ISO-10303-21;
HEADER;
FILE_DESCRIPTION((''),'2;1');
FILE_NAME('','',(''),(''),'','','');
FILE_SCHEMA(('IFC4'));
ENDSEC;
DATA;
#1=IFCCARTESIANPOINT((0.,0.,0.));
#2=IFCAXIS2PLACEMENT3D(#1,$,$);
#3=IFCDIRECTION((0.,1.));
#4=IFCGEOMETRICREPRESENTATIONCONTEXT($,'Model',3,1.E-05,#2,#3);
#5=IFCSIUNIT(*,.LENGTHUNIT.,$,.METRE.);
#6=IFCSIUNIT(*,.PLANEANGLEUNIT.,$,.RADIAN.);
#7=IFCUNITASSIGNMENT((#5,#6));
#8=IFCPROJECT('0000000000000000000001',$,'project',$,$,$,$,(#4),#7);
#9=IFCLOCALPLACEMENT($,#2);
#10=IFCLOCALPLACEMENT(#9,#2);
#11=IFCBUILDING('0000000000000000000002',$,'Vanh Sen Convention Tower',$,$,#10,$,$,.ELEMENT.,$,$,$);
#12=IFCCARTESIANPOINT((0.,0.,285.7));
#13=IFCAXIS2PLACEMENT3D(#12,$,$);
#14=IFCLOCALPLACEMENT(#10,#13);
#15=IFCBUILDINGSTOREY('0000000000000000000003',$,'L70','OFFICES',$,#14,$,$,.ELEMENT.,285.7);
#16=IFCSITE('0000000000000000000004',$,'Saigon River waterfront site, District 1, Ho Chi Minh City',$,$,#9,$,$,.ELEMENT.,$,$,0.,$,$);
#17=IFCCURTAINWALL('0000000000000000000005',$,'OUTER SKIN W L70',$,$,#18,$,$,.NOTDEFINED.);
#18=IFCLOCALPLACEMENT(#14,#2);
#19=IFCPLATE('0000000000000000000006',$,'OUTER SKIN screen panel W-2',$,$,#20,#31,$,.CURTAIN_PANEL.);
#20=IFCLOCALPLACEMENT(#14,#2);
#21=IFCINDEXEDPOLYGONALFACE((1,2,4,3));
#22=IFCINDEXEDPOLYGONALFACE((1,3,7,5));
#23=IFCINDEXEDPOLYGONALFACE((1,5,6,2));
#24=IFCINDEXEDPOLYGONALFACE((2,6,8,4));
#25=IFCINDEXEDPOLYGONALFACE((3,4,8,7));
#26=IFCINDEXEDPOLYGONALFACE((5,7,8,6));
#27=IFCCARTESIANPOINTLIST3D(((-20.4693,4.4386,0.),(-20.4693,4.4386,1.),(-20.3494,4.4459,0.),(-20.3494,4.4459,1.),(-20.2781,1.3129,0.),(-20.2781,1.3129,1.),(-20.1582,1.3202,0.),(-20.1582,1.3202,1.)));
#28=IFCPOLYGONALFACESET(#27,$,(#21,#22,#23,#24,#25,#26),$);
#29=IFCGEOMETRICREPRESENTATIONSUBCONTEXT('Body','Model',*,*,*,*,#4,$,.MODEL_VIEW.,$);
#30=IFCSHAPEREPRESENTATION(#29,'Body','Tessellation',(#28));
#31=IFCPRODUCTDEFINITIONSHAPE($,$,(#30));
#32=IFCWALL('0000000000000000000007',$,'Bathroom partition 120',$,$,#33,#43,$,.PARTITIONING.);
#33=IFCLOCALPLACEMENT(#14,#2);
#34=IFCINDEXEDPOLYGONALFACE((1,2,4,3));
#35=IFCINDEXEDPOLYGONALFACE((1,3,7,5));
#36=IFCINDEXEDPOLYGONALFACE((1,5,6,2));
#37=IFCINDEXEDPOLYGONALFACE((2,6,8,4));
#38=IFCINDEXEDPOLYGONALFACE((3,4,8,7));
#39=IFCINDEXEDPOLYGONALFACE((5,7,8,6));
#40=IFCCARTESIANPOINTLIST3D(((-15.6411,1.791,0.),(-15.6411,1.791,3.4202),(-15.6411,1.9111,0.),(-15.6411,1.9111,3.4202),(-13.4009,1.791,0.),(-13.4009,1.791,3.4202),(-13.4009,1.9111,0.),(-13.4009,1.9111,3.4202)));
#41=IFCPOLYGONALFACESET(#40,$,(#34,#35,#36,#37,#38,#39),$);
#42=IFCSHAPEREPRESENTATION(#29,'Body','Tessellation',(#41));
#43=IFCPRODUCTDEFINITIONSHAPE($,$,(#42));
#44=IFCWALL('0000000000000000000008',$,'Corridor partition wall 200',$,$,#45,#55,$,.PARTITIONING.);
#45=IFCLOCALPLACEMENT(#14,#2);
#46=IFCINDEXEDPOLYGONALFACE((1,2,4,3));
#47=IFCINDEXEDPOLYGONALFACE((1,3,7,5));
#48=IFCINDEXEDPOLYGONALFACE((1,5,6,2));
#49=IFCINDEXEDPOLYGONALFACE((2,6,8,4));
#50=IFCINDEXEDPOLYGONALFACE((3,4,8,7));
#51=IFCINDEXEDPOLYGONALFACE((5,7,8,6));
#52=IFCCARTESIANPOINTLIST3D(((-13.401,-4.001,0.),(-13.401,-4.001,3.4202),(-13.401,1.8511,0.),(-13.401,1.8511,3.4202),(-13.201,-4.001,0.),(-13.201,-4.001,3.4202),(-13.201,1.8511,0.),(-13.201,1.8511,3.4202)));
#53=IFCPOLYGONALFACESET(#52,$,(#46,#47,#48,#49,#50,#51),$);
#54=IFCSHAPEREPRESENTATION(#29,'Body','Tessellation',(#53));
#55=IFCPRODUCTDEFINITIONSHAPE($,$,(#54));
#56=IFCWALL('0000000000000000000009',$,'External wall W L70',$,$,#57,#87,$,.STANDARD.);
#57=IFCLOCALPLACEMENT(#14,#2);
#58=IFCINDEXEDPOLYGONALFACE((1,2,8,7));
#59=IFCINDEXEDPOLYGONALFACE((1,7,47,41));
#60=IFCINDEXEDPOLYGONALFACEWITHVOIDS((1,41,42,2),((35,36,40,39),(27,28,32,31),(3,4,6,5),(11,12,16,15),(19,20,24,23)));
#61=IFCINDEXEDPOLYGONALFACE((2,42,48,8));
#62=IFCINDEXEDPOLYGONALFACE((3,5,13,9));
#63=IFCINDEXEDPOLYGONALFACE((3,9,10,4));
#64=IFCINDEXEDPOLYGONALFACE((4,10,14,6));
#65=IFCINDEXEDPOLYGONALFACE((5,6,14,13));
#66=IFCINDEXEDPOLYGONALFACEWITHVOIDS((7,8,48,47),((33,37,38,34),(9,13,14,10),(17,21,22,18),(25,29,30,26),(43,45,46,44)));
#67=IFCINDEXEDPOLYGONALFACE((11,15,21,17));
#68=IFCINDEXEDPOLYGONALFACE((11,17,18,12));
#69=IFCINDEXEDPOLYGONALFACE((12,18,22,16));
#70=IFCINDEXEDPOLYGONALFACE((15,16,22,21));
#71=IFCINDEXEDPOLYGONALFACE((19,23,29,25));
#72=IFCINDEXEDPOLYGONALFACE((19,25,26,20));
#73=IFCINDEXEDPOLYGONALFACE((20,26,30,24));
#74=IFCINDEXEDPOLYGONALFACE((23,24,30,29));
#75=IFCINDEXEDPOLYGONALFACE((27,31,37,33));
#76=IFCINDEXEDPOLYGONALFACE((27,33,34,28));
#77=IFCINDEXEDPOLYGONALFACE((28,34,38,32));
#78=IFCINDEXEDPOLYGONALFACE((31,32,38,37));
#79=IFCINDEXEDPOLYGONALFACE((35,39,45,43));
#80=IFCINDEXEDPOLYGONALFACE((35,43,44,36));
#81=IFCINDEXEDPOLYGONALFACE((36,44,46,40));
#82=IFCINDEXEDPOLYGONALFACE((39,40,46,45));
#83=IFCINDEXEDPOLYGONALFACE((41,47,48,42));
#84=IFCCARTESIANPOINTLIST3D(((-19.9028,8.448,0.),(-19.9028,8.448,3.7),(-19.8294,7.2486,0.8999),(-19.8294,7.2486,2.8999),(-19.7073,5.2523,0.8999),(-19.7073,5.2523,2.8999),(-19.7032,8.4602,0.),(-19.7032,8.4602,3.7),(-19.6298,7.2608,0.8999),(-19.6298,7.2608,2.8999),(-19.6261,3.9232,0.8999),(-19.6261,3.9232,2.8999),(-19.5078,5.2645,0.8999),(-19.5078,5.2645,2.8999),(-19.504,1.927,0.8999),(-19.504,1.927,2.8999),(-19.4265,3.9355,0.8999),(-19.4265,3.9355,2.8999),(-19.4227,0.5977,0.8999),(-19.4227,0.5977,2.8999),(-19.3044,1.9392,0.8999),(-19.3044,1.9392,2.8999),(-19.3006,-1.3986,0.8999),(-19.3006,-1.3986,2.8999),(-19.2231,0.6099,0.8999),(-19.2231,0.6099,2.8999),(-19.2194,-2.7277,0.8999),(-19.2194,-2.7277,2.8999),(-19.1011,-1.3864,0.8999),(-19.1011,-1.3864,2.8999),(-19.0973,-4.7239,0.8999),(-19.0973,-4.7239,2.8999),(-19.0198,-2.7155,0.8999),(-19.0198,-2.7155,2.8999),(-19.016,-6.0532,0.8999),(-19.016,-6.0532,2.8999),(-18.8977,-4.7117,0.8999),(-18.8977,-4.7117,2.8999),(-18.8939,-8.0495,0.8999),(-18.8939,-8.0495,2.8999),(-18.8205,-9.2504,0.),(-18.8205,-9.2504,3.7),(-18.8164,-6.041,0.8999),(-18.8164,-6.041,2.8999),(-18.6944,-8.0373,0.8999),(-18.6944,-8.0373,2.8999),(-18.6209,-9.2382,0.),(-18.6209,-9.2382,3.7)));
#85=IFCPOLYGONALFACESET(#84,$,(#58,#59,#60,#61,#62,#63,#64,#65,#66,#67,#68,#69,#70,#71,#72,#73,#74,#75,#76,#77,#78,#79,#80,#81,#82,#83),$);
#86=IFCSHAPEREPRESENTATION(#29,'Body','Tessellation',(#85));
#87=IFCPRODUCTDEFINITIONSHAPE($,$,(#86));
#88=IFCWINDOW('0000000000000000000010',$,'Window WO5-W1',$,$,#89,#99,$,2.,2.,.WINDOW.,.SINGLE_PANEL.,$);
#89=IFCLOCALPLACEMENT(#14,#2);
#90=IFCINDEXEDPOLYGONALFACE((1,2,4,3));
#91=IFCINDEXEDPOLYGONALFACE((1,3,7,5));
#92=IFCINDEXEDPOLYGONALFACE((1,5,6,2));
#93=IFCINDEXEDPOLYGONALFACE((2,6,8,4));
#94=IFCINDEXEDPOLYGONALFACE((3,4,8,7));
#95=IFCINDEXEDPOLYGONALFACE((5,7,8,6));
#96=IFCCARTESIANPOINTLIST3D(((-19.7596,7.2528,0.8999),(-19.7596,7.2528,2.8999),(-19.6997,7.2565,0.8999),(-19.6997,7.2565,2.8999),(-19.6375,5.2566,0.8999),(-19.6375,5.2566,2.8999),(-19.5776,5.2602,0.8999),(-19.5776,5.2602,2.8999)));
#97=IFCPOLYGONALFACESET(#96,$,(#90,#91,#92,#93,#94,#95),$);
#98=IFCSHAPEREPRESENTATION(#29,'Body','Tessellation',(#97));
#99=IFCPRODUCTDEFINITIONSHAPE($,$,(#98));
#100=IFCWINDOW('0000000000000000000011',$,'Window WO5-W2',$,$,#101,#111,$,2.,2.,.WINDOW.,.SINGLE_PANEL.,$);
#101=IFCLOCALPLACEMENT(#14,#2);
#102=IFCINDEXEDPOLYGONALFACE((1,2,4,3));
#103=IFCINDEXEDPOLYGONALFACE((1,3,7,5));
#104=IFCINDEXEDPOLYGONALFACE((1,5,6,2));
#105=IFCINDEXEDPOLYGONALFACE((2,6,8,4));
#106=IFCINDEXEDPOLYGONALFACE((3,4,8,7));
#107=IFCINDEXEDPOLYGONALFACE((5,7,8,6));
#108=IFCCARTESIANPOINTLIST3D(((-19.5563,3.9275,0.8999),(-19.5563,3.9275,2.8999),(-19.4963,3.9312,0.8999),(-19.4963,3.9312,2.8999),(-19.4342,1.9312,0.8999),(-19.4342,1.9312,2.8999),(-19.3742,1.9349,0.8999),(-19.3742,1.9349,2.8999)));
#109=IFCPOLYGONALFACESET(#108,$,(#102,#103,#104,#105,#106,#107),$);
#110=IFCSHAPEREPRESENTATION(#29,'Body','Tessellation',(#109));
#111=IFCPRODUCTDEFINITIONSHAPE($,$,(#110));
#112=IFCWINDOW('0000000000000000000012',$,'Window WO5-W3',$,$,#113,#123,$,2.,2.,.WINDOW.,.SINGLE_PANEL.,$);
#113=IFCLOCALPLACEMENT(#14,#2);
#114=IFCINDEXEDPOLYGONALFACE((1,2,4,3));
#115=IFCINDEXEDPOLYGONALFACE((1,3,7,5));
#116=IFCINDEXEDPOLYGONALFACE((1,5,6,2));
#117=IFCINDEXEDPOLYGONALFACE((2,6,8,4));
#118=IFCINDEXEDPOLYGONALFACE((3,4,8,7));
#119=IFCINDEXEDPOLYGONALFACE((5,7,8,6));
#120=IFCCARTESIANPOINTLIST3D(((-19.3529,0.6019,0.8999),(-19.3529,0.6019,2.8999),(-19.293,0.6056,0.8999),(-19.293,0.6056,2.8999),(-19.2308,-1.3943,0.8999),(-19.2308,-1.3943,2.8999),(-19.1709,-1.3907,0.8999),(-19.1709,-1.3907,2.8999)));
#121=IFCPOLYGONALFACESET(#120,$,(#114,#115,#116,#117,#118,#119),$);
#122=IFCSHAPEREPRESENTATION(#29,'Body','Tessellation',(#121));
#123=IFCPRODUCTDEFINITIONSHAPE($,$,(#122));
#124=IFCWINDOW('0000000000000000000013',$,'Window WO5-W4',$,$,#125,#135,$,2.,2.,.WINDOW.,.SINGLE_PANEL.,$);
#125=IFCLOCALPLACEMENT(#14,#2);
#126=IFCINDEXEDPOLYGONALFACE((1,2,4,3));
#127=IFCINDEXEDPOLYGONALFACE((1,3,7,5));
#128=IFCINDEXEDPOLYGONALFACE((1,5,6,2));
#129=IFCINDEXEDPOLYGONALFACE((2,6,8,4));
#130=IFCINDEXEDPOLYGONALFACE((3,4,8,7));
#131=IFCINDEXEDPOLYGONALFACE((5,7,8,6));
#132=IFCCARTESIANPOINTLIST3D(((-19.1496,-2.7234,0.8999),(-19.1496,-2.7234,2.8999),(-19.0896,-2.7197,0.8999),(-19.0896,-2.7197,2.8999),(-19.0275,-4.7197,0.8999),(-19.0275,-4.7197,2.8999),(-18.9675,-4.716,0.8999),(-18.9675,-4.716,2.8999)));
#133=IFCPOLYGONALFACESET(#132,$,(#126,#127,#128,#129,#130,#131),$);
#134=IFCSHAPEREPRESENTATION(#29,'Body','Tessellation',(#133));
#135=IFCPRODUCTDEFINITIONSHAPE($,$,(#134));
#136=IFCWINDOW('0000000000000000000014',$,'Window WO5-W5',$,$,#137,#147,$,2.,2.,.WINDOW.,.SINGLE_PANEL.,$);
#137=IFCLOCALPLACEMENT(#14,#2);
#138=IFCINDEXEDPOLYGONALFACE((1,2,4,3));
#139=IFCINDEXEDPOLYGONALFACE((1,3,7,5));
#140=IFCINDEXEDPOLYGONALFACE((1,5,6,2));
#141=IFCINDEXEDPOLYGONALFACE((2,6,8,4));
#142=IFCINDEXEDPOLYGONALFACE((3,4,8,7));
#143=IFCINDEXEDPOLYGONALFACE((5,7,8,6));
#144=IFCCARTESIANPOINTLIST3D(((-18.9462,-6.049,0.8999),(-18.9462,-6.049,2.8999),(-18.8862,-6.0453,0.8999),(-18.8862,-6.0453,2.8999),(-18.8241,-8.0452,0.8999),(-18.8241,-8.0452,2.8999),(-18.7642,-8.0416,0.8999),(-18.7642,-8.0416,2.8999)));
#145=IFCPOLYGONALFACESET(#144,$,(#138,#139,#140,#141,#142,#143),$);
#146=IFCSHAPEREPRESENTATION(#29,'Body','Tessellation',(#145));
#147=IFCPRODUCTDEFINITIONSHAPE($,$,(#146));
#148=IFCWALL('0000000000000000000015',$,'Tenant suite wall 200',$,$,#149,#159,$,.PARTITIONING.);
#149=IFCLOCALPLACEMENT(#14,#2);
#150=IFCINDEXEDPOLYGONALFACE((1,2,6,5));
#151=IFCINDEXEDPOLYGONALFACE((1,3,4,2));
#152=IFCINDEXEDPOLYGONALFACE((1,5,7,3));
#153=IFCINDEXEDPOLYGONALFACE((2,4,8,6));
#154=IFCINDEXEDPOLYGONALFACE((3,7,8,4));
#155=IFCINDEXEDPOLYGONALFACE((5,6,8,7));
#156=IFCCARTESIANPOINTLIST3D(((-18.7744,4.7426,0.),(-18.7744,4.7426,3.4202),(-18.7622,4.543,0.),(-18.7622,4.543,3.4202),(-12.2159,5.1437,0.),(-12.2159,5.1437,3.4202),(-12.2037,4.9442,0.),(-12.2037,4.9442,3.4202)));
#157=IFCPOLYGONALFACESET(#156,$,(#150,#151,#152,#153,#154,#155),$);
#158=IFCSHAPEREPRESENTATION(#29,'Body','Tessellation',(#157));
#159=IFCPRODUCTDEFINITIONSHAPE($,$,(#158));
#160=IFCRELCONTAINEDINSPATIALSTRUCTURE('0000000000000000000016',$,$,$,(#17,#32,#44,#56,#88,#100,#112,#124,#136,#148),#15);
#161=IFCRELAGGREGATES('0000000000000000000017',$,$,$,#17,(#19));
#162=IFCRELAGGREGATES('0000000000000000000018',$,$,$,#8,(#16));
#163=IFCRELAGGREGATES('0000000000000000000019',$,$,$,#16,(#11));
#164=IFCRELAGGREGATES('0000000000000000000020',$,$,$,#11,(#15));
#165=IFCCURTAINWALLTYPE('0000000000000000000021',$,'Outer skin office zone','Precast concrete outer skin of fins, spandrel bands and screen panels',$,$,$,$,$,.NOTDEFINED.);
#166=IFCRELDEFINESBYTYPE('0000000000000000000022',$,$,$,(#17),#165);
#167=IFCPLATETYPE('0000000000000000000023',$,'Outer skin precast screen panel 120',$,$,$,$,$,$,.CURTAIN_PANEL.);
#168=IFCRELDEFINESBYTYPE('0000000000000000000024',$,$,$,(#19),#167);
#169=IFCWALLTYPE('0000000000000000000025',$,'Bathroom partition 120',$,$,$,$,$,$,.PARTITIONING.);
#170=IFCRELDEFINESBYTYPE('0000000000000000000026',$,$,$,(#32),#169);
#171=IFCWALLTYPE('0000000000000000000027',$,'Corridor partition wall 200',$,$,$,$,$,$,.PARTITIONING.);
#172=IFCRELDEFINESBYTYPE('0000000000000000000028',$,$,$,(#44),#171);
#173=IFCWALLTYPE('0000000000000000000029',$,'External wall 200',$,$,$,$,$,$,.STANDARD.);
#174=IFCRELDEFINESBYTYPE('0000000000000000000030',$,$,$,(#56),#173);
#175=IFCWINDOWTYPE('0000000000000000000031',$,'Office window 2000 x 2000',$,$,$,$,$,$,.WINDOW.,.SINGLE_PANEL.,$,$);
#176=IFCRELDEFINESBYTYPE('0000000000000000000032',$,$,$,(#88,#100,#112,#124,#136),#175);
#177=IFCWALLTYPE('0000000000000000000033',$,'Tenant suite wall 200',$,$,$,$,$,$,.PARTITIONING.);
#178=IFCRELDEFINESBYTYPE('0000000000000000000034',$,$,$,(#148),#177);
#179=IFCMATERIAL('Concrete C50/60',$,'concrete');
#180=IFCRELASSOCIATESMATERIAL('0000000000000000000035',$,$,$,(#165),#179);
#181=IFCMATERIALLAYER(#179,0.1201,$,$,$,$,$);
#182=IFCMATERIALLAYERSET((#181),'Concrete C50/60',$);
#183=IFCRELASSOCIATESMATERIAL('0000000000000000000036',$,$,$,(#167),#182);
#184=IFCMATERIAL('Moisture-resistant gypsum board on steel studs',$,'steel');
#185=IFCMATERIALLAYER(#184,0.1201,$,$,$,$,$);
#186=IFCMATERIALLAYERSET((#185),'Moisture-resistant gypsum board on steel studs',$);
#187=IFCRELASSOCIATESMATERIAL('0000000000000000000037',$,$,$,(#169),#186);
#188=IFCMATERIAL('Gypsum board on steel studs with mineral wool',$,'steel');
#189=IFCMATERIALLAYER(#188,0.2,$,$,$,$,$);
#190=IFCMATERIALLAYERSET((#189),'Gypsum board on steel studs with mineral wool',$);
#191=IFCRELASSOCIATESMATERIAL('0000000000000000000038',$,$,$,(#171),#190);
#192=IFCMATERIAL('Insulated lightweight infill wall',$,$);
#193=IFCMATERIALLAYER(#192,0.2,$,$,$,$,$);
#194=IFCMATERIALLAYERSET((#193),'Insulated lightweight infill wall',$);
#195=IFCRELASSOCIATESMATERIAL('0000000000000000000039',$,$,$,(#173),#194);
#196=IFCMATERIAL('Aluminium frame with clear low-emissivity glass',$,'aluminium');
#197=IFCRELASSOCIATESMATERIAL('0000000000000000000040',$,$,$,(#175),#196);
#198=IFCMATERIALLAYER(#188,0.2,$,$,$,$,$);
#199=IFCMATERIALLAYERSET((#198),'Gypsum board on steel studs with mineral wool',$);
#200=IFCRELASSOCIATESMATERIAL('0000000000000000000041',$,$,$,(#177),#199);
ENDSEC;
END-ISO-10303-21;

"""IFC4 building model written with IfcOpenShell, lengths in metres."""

from ifc_helpers import new_model, si_unit, direction, frame, frame_2d, origin, origin_2d, place, context, subcontext, project, spatial, rectangle, extrude, material, layer, layer_set, type_object, element, fill, aggregate, save


model = new_model("IFC4")

# Units and contexts
model_context = context("Model", 3, precision=1e-05, world=origin(), true_north=direction((0.0, 1.0)))
body_context = subcontext(model_context, "Body", "Model", "MODEL_VIEW")
ifc_project = project(units=[si_unit("LENGTHUNIT", "METRE"), si_unit("PLANEANGLEUNIT", "RADIAN")], contexts=[model_context])

# Site, building, storey
site_placement = place(None, origin())
site = spatial("IfcSite", under=ifc_project, at=site_placement, Name="Saigon River waterfront site, District 1, Ho Chi Minh City", CompositionType="ELEMENT", RefElevation=0.0)
building_placement = place(site_placement, origin())
building = spatial("IfcBuilding", under=site, at=building_placement, Name="Vanh Sen Convention Tower", CompositionType="ELEMENT")
storey_placement = place(building_placement, frame((0.0, 0.0, 285.7)))
storey = spatial("IfcBuildingStorey", under=building, at=storey_placement, Name="L70", Description="OFFICES", CompositionType="ELEMENT", Elevation=285.7)

# Curtain wall
ifc_material_1 = material(Name="Concrete C50/60", Category="concrete")
curtain_wall_type = type_object("IfcCurtainWallType", Name="Outer skin office zone", Description="Precast concrete outer skin of fins, spandrel bands and screen panels", PredefinedType="NOTDEFINED", material=ifc_material_1)
curtain_wall_placement = place(storey_placement, origin())
curtain_wall = element("IfcCurtainWall", 1, at=curtain_wall_placement, inside=storey, type_object=curtain_wall_type, Name="OUTER SKIN W L70", PredefinedType="NOTDEFINED")

# Plate
ifc_layer_1 = layer(ifc_material_1, 0.1201)
ifc_layer_set_1 = layer_set([ifc_layer_1], Name="Concrete C50/60")
plate_type = type_object("IfcPlateType", Name="Outer skin precast screen panel 120", PredefinedType="CURTAIN_PANEL", material=ifc_layer_set_1)
plate_1_placement = place(storey_placement, frame((-20.3137, 2.8794, 0.0), z_axis=(0.0, 0.0, 1.0), x_axis=(0.06105, -0.998135, 0.0)))
plate_1 = element("IfcPlate", 2, at=plate_1_placement, type_object=plate_type, Name="OUTER SKIN screen panel W-2", PredefinedType="CURTAIN_PANEL", context=body_context, shape_type="SweptSolid", body=[
    extrude(rectangle(XDim=3.1316, YDim=0.1201, at=origin_2d()), origin(), (0.0, 0.0, 1.0), 1.0),
])
aggregate(curtain_wall, [plate_1])

# Walls
ifc_material_2 = material(Name="Moisture-resistant gypsum board on steel studs", Category="steel")
ifc_layer_2 = layer(ifc_material_2, 0.1201)
ifc_layer_set_2 = layer_set([ifc_layer_2], Name="Moisture-resistant gypsum board on steel studs")
wall_type_1 = type_object("IfcWallType", Name="Bathroom partition 120", PredefinedType="PARTITIONING", material=ifc_layer_set_2)
wall_1_placement = place(storey_placement, frame((-15.6411, 1.8511, 0.0), z_axis=(0.0, 0.0, 1.0), x_axis=(1.0, 0.0, 0.0)))
element("IfcWall", 3, at=wall_1_placement, inside=storey, type_object=wall_type_1, Name="Bathroom partition 120", PredefinedType="PARTITIONING", context=body_context, shape_type="SweptSolid", body=[
    extrude(rectangle(XDim=2.2402, YDim=0.1201, at=frame_2d((1.1201, 0.0))), origin(), (0.0, 0.0, 1.0), 3.4202),
])
ifc_material_3 = material(Name="Gypsum board on steel studs with mineral wool", Category="steel")
ifc_layer_3 = layer(ifc_material_3, 0.2)
ifc_layer_set_3 = layer_set([ifc_layer_3], Name="Gypsum board on steel studs with mineral wool")
wall_type_2 = type_object("IfcWallType", Name="Corridor partition wall 200", PredefinedType="PARTITIONING", material=ifc_layer_set_3)
wall_2_placement = place(storey_placement, frame((-13.301, 1.8511, 0.0), z_axis=(0.0, 0.0, 1.0), x_axis=(0.0, -1.0, 0.0)))
element("IfcWall", 4, at=wall_2_placement, inside=storey, type_object=wall_type_2, Name="Corridor partition wall 200", PredefinedType="PARTITIONING", context=body_context, shape_type="SweptSolid", body=[
    extrude(rectangle(XDim=5.8521, YDim=0.2, at=frame_2d((2.926, 0.0))), origin(), (0.0, 0.0, 1.0), 3.4202),
])

# Wall, openings, windows
ifc_material_4 = material(Name="Insulated lightweight infill wall")
ifc_layer_4 = layer(ifc_material_4, 0.2)
ifc_layer_set_4 = layer_set([ifc_layer_4], Name="Insulated lightweight infill wall")
wall_type_3 = type_object("IfcWallType", Name="External wall 200", PredefinedType="STANDARD", material=ifc_layer_set_4)
wall_3_placement = place(storey_placement, frame((-19.803, 8.4541, 0.0), z_axis=(0.0, 0.0, 1.0), x_axis=(0.061037, -0.998136, 0.0)))
wall_3 = element("IfcWall", 5, at=wall_3_placement, inside=storey, type_object=wall_type_3, Name="External wall W L70", PredefinedType="STANDARD", context=body_context, shape_type="SweptSolid", body=[
    extrude(rectangle(XDim=17.7314, YDim=0.2, at=frame_2d((8.8657, 0.0))), origin(), (0.0, 0.0, 1.0), 3.7),
])
opening_1_placement = place(wall_3_placement, frame((1.2017, 0.0, 0.8999)))
opening_1 = element("IfcOpeningElement", 6, at=opening_1_placement, cuts=wall_3, PredefinedType="OPENING", context=body_context, shape_type="SweptSolid", body=[
    extrude(rectangle(XDim=2.0, YDim=2.0, at=frame_2d((1.0, 1.0))), frame((0.0, 0.1099, 0.0), z_axis=(0.0, -1.0, 0.0), x_axis=(1.0, 0.0, 0.0)), (0.0, 0.0, 1.0), 0.22),
])
opening_2_placement = place(wall_3_placement, frame((4.5332, 0.0, 0.8999)))
opening_2 = element("IfcOpeningElement", 7, at=opening_2_placement, cuts=wall_3, PredefinedType="OPENING", context=body_context, shape_type="SweptSolid", body=[
    extrude(rectangle(XDim=2.0, YDim=2.0, at=frame_2d((1.0, 1.0))), frame((0.0, 0.1099, 0.0), z_axis=(0.0, -1.0, 0.0), x_axis=(1.0, 0.0, 0.0)), (0.0, 0.0, 1.0), 0.22),
])
opening_3_placement = place(wall_3_placement, frame((7.865, 0.0, 0.8999)))
opening_3 = element("IfcOpeningElement", 8, at=opening_3_placement, cuts=wall_3, PredefinedType="OPENING", context=body_context, shape_type="SweptSolid", body=[
    extrude(rectangle(XDim=2.0, YDim=2.0, at=frame_2d((1.0, 1.0))), frame((0.0, 0.1099, 0.0), z_axis=(0.0, -1.0, 0.0), x_axis=(1.0, 0.0, 0.0)), (0.0, 0.0, 1.0), 0.22),
])
opening_4_placement = place(wall_3_placement, frame((11.1965, 0.0, 0.8999)))
opening_4 = element("IfcOpeningElement", 9, at=opening_4_placement, cuts=wall_3, PredefinedType="OPENING", context=body_context, shape_type="SweptSolid", body=[
    extrude(rectangle(XDim=2.0, YDim=2.0, at=frame_2d((1.0, 1.0))), frame((0.0, 0.1099, 0.0), z_axis=(0.0, -1.0, 0.0), x_axis=(1.0, 0.0, 0.0)), (0.0, 0.0, 1.0), 0.22),
])
opening_5_placement = place(wall_3_placement, frame((14.5283, 0.0, 0.8999)))
opening_5 = element("IfcOpeningElement", 10, at=opening_5_placement, cuts=wall_3, PredefinedType="OPENING", context=body_context, shape_type="SweptSolid", body=[
    extrude(rectangle(XDim=2.0, YDim=2.0, at=frame_2d((1.0, 1.0))), frame((0.0, 0.1099, 0.0), z_axis=(0.0, -1.0, 0.0), x_axis=(1.0, 0.0, 0.0)), (0.0, 0.0, 1.0), 0.22),
])
ifc_material_5 = material(Name="Aluminium frame with clear low-emissivity glass", Category="aluminium")
window_type = type_object("IfcWindowType", Name="Office window 2000 x 2000", PartitioningType="SINGLE_PANEL", PredefinedType="WINDOW", material=ifc_material_5)
window_1_placement = place(opening_1_placement, origin())
window_1 = element("IfcWindow", 11, at=window_1_placement, inside=storey, type_object=window_type, Name="Window WO5-W1", OverallHeight=2.0, OverallWidth=2.0, PartitioningType="SINGLE_PANEL", PredefinedType="WINDOW", context=body_context, shape_type="SweptSolid", body=[
    extrude(rectangle(XDim=2.0, YDim=2.0, at=frame_2d((1.0, 1.0))), frame((0.0, 0.03, 0.0), z_axis=(0.0, -1.0, 0.0), x_axis=(1.0, 0.0, 0.0)), (0.0, 0.0, 1.0), 0.0601),
])
fill(opening_1, window_1)
window_2_placement = place(opening_2_placement, origin())
window_2 = element("IfcWindow", 12, at=window_2_placement, inside=storey, type_object=window_type, Name="Window WO5-W2", OverallHeight=2.0, OverallWidth=2.0, PartitioningType="SINGLE_PANEL", PredefinedType="WINDOW", context=body_context, shape_type="SweptSolid", body=[
    extrude(rectangle(XDim=2.0, YDim=2.0, at=frame_2d((1.0, 1.0))), frame((0.0, 0.03, 0.0), z_axis=(0.0, -1.0, 0.0), x_axis=(1.0, 0.0, 0.0)), (0.0, 0.0, 1.0), 0.0601),
])
fill(opening_2, window_2)
window_3_placement = place(opening_3_placement, origin())
window_3 = element("IfcWindow", 13, at=window_3_placement, inside=storey, type_object=window_type, Name="Window WO5-W3", OverallHeight=2.0, OverallWidth=2.0, PartitioningType="SINGLE_PANEL", PredefinedType="WINDOW", context=body_context, shape_type="SweptSolid", body=[
    extrude(rectangle(XDim=2.0, YDim=2.0, at=frame_2d((1.0, 1.0))), frame((0.0, 0.03, 0.0), z_axis=(0.0, -1.0, 0.0), x_axis=(1.0, 0.0, 0.0)), (0.0, 0.0, 1.0), 0.0601),
])
fill(opening_3, window_3)
window_4_placement = place(opening_4_placement, origin())
window_4 = element("IfcWindow", 14, at=window_4_placement, inside=storey, type_object=window_type, Name="Window WO5-W4", OverallHeight=2.0, OverallWidth=2.0, PartitioningType="SINGLE_PANEL", PredefinedType="WINDOW", context=body_context, shape_type="SweptSolid", body=[
    extrude(rectangle(XDim=2.0, YDim=2.0, at=frame_2d((1.0, 1.0))), frame((0.0, 0.03, 0.0), z_axis=(0.0, -1.0, 0.0), x_axis=(1.0, 0.0, 0.0)), (0.0, 0.0, 1.0), 0.0601),
])
fill(opening_4, window_4)
window_5_placement = place(opening_5_placement, origin())
window_5 = element("IfcWindow", 15, at=window_5_placement, inside=storey, type_object=window_type, Name="Window WO5-W5", OverallHeight=2.0, OverallWidth=2.0, PartitioningType="SINGLE_PANEL", PredefinedType="WINDOW", context=body_context, shape_type="SweptSolid", body=[
    extrude(rectangle(XDim=2.0, YDim=2.0, at=frame_2d((1.0, 1.0))), frame((0.0, 0.03, 0.0), z_axis=(0.0, -1.0, 0.0), x_axis=(1.0, 0.0, 0.0)), (0.0, 0.0, 1.0), 0.0601),
])
fill(opening_5, window_5)

# Wall
ifc_layer_5 = layer(ifc_material_3, 0.2)
ifc_layer_set_5 = layer_set([ifc_layer_5], Name="Gypsum board on steel studs with mineral wool")
wall_type_4 = type_object("IfcWallType", Name="Tenant suite wall 200", PredefinedType="PARTITIONING", material=ifc_layer_set_5)
wall_4_placement = place(storey_placement, frame((-18.7683, 4.6428, 0.0), z_axis=(0.0, 0.0, 1.0), x_axis=(0.998135, 0.061046, 0.0)))
element("IfcWall", 16, at=wall_4_placement, inside=storey, type_object=wall_type_4, Name="Tenant suite wall 200", PredefinedType="PARTITIONING", context=body_context, shape_type="SweptSolid", body=[
    extrude(rectangle(XDim=6.5708, YDim=0.2, at=frame_2d((3.2854, 0.0))), origin(), (0.0, 0.0, 1.0), 3.4202),
])

save(model, "model.ifc")
